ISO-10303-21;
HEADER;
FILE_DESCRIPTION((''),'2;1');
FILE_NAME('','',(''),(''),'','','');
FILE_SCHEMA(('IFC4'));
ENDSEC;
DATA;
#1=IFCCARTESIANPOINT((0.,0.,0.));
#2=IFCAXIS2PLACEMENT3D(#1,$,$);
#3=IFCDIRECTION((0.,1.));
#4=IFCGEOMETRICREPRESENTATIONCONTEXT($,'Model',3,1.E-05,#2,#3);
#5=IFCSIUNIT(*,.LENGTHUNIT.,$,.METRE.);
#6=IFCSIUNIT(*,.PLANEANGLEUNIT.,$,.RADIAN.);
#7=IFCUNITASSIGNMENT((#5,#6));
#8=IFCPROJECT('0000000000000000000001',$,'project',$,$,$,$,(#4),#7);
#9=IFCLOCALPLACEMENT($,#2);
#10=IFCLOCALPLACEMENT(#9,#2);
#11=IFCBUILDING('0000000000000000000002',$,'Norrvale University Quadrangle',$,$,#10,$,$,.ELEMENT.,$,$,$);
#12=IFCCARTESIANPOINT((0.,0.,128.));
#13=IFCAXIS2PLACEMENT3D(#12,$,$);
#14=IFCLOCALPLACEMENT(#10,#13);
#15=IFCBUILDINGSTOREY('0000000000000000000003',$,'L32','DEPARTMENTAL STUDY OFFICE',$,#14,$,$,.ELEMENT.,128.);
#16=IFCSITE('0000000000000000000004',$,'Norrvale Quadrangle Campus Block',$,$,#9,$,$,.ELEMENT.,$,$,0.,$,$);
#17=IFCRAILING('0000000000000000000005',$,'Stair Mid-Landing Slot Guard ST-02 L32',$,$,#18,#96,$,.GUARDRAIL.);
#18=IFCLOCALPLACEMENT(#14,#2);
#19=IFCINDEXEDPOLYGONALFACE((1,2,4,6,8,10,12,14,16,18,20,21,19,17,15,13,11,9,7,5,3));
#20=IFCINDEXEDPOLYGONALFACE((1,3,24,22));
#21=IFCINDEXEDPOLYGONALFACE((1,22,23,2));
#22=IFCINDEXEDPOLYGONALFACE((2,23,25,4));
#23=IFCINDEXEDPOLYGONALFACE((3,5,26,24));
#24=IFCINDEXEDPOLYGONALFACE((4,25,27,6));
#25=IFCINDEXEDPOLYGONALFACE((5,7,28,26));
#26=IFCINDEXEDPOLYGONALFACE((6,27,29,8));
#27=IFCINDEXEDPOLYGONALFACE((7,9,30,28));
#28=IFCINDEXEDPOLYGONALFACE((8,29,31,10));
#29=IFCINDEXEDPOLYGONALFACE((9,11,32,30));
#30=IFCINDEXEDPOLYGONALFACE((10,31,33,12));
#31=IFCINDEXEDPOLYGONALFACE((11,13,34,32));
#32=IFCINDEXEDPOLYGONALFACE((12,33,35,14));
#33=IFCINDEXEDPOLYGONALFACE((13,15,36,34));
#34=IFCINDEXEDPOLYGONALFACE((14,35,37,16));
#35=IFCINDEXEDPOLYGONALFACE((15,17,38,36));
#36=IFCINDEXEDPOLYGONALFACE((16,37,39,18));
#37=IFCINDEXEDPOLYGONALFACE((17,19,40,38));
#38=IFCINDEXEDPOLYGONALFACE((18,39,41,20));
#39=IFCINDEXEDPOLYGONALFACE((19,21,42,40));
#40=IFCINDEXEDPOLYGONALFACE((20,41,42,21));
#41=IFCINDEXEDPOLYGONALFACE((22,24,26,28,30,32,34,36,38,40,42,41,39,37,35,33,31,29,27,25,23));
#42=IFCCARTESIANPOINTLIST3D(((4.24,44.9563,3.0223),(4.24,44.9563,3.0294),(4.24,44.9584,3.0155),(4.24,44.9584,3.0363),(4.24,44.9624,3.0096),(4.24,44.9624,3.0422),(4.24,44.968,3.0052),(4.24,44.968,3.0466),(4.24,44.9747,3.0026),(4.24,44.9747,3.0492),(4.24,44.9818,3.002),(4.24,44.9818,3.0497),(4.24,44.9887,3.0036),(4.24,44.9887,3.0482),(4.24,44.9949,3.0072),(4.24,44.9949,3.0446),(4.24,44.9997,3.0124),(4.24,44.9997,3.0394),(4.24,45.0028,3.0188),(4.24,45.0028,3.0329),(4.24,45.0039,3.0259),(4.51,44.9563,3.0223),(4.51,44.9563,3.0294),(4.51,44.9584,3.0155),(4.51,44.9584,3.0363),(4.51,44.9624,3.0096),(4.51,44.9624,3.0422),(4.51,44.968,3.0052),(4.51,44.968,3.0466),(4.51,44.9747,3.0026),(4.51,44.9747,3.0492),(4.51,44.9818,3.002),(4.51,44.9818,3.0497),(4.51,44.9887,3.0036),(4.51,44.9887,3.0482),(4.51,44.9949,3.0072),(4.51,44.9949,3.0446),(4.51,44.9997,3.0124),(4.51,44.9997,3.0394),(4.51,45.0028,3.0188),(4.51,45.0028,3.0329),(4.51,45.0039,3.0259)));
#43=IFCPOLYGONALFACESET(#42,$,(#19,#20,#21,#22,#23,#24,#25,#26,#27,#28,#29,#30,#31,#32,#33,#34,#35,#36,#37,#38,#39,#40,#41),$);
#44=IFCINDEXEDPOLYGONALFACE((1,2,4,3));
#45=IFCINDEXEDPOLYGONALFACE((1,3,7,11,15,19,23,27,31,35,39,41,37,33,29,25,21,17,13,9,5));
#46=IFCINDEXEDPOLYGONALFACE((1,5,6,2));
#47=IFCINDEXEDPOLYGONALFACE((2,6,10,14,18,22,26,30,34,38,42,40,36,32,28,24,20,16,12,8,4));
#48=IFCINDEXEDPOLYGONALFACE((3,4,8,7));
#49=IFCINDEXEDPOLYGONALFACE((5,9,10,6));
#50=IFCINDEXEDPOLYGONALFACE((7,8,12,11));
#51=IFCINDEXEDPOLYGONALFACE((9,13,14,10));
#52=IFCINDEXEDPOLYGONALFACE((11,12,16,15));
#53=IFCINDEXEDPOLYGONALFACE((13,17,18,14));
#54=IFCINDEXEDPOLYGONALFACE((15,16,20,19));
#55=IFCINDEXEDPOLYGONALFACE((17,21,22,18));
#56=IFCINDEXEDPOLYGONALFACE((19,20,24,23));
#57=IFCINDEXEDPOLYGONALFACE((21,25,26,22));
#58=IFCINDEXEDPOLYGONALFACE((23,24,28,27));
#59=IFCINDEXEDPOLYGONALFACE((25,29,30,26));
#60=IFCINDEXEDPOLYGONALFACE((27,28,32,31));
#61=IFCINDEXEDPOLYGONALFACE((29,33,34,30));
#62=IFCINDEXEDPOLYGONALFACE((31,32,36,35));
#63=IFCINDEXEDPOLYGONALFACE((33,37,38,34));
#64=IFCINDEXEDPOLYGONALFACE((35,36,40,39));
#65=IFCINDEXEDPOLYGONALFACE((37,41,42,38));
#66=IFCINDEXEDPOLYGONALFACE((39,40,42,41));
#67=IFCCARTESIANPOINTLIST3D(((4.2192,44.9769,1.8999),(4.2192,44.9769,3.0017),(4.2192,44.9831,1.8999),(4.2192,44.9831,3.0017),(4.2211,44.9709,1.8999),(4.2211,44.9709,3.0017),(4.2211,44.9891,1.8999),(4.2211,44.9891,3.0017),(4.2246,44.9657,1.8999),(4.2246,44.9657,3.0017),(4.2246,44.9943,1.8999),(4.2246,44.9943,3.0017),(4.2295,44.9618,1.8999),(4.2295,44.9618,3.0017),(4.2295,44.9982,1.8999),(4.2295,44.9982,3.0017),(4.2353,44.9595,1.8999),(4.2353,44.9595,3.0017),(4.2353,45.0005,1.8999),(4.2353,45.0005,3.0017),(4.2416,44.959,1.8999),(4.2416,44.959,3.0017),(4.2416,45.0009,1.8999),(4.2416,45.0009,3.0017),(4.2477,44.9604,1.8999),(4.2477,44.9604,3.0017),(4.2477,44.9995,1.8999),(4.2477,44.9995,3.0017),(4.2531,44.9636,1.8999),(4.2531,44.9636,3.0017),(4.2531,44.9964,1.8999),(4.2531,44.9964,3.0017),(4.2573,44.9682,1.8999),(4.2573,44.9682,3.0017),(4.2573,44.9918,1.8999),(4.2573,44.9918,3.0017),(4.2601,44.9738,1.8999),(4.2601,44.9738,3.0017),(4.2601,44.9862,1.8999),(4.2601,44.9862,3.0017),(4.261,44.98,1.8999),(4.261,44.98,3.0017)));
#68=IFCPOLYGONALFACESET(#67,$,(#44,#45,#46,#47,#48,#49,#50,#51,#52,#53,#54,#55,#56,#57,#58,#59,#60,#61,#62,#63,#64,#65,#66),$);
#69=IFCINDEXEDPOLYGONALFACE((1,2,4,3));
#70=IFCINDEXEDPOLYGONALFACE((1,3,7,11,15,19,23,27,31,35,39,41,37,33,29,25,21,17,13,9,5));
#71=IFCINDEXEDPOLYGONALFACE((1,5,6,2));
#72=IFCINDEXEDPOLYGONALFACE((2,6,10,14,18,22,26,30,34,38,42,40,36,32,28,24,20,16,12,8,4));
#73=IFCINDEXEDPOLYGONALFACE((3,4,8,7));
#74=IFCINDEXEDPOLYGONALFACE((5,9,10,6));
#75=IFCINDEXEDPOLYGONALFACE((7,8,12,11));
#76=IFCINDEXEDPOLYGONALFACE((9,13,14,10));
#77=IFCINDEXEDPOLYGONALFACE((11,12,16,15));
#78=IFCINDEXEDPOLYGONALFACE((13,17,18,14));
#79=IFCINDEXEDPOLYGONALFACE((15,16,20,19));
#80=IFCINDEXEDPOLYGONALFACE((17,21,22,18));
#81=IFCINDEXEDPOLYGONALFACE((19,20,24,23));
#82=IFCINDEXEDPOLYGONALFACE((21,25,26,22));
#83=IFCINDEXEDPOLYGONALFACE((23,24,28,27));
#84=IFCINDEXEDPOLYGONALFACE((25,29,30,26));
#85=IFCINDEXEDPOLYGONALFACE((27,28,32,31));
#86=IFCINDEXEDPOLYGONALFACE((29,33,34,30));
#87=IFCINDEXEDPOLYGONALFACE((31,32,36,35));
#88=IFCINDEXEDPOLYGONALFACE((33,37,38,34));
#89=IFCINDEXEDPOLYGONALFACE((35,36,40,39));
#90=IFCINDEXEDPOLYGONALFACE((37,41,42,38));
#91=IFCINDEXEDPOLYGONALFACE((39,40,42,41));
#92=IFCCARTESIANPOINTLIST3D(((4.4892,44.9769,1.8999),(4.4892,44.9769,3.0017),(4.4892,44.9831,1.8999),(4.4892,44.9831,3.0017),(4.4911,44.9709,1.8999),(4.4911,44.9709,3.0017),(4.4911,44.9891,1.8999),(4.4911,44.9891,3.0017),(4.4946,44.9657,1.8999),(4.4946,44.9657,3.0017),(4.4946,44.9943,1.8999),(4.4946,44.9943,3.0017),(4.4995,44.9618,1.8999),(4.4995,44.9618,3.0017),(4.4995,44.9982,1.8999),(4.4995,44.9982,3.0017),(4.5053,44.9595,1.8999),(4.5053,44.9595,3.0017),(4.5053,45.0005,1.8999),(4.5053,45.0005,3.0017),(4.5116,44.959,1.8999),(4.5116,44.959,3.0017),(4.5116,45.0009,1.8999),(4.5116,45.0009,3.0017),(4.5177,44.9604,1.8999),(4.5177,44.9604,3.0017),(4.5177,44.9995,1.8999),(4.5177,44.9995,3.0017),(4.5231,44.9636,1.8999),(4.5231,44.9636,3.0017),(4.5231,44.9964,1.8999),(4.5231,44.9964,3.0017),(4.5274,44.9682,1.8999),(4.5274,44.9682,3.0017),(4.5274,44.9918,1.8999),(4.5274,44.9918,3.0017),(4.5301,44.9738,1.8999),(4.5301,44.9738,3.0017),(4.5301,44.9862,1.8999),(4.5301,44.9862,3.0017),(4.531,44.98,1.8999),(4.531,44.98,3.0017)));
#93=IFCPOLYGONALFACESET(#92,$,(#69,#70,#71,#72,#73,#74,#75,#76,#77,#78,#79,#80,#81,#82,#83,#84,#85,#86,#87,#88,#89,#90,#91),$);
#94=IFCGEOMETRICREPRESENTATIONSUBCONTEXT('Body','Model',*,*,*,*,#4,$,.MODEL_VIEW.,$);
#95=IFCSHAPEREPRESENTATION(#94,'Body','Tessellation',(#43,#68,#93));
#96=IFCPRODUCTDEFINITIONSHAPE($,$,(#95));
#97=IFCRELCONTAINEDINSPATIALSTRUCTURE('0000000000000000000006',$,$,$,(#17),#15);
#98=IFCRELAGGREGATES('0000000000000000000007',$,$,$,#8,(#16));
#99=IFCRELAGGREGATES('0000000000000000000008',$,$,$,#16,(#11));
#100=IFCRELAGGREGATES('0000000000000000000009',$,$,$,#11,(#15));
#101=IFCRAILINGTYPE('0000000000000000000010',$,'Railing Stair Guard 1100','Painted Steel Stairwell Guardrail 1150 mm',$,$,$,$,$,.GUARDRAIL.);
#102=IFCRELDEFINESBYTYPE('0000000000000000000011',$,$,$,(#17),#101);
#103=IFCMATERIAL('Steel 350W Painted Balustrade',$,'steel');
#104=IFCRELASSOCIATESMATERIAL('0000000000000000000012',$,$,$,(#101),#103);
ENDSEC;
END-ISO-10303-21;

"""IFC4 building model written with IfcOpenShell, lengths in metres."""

from ifc_helpers import new_model, si_unit, direction, frame, origin, origin_2d, place, context, subcontext, project, spatial, circle, extrude, material, type_object, element, save


model = new_model("IFC4")

# Units and contexts
model_context = context("Model", 3, precision=1e-05, world=origin(), true_north=direction((0.0, 1.0)))
body_context = subcontext(model_context, "Body", "Model", "MODEL_VIEW")
ifc_project = project(units=[si_unit("LENGTHUNIT", "METRE"), si_unit("PLANEANGLEUNIT", "RADIAN")], contexts=[model_context])

# Site, building, storey
site_placement = place(None, origin())
site = spatial("IfcSite", under=ifc_project, at=site_placement, Name="Norrvale Quadrangle Campus Block", CompositionType="ELEMENT", RefElevation=0.0)
building_placement = place(site_placement, origin())
building = spatial("IfcBuilding", under=site, at=building_placement, Name="Norrvale University Quadrangle", CompositionType="ELEMENT")
storey_placement = place(building_placement, frame((0.0, 0.0, 128.0)))
storey = spatial("IfcBuildingStorey", under=building, at=storey_placement, Name="L32", Description="DEPARTMENTAL STUDY OFFICE", CompositionType="ELEMENT", Elevation=128.0)

# Railing
ifc_material_1 = material(Name="Steel 350W Painted Balustrade", Category="steel")
railing_type_1 = type_object("IfcRailingType", Name="Railing Stair Guard 1100", Description="Painted Steel Stairwell Guardrail 1150 mm", PredefinedType="GUARDRAIL", material=ifc_material_1)
for number, where, name in (
    (1, (4.24, 44.98, 1.8999), "Stair Mid-Landing Slot Guard ST-02 L32"),
):
    element("IfcRailing", number, at=place(storey_placement, frame(where)), inside=storey, type_object=railing_type_1, Name=name, PredefinedType="GUARDRAIL", context=body_context, shape_type="SweptSolid", body=[
        extrude(circle(Radius=0.0239, at=origin_2d()), frame((0.0, 0.0, 1.126), z_axis=(1.0, 0.0, 0.0), x_axis=(0.0, 1.0, 0.0)), (0.0, 0.0, 1.0), 0.27),
        extrude(circle(Radius=0.021, at=origin_2d()), origin(), (0.0, 0.0, 1.0), 1.1018),
        extrude(circle(Radius=0.021, at=origin_2d()), frame((0.27, 0.0, 0.0)), (0.0, 0.0, 1.0), 1.1018),
    ])

save(model, "model.ifc")
